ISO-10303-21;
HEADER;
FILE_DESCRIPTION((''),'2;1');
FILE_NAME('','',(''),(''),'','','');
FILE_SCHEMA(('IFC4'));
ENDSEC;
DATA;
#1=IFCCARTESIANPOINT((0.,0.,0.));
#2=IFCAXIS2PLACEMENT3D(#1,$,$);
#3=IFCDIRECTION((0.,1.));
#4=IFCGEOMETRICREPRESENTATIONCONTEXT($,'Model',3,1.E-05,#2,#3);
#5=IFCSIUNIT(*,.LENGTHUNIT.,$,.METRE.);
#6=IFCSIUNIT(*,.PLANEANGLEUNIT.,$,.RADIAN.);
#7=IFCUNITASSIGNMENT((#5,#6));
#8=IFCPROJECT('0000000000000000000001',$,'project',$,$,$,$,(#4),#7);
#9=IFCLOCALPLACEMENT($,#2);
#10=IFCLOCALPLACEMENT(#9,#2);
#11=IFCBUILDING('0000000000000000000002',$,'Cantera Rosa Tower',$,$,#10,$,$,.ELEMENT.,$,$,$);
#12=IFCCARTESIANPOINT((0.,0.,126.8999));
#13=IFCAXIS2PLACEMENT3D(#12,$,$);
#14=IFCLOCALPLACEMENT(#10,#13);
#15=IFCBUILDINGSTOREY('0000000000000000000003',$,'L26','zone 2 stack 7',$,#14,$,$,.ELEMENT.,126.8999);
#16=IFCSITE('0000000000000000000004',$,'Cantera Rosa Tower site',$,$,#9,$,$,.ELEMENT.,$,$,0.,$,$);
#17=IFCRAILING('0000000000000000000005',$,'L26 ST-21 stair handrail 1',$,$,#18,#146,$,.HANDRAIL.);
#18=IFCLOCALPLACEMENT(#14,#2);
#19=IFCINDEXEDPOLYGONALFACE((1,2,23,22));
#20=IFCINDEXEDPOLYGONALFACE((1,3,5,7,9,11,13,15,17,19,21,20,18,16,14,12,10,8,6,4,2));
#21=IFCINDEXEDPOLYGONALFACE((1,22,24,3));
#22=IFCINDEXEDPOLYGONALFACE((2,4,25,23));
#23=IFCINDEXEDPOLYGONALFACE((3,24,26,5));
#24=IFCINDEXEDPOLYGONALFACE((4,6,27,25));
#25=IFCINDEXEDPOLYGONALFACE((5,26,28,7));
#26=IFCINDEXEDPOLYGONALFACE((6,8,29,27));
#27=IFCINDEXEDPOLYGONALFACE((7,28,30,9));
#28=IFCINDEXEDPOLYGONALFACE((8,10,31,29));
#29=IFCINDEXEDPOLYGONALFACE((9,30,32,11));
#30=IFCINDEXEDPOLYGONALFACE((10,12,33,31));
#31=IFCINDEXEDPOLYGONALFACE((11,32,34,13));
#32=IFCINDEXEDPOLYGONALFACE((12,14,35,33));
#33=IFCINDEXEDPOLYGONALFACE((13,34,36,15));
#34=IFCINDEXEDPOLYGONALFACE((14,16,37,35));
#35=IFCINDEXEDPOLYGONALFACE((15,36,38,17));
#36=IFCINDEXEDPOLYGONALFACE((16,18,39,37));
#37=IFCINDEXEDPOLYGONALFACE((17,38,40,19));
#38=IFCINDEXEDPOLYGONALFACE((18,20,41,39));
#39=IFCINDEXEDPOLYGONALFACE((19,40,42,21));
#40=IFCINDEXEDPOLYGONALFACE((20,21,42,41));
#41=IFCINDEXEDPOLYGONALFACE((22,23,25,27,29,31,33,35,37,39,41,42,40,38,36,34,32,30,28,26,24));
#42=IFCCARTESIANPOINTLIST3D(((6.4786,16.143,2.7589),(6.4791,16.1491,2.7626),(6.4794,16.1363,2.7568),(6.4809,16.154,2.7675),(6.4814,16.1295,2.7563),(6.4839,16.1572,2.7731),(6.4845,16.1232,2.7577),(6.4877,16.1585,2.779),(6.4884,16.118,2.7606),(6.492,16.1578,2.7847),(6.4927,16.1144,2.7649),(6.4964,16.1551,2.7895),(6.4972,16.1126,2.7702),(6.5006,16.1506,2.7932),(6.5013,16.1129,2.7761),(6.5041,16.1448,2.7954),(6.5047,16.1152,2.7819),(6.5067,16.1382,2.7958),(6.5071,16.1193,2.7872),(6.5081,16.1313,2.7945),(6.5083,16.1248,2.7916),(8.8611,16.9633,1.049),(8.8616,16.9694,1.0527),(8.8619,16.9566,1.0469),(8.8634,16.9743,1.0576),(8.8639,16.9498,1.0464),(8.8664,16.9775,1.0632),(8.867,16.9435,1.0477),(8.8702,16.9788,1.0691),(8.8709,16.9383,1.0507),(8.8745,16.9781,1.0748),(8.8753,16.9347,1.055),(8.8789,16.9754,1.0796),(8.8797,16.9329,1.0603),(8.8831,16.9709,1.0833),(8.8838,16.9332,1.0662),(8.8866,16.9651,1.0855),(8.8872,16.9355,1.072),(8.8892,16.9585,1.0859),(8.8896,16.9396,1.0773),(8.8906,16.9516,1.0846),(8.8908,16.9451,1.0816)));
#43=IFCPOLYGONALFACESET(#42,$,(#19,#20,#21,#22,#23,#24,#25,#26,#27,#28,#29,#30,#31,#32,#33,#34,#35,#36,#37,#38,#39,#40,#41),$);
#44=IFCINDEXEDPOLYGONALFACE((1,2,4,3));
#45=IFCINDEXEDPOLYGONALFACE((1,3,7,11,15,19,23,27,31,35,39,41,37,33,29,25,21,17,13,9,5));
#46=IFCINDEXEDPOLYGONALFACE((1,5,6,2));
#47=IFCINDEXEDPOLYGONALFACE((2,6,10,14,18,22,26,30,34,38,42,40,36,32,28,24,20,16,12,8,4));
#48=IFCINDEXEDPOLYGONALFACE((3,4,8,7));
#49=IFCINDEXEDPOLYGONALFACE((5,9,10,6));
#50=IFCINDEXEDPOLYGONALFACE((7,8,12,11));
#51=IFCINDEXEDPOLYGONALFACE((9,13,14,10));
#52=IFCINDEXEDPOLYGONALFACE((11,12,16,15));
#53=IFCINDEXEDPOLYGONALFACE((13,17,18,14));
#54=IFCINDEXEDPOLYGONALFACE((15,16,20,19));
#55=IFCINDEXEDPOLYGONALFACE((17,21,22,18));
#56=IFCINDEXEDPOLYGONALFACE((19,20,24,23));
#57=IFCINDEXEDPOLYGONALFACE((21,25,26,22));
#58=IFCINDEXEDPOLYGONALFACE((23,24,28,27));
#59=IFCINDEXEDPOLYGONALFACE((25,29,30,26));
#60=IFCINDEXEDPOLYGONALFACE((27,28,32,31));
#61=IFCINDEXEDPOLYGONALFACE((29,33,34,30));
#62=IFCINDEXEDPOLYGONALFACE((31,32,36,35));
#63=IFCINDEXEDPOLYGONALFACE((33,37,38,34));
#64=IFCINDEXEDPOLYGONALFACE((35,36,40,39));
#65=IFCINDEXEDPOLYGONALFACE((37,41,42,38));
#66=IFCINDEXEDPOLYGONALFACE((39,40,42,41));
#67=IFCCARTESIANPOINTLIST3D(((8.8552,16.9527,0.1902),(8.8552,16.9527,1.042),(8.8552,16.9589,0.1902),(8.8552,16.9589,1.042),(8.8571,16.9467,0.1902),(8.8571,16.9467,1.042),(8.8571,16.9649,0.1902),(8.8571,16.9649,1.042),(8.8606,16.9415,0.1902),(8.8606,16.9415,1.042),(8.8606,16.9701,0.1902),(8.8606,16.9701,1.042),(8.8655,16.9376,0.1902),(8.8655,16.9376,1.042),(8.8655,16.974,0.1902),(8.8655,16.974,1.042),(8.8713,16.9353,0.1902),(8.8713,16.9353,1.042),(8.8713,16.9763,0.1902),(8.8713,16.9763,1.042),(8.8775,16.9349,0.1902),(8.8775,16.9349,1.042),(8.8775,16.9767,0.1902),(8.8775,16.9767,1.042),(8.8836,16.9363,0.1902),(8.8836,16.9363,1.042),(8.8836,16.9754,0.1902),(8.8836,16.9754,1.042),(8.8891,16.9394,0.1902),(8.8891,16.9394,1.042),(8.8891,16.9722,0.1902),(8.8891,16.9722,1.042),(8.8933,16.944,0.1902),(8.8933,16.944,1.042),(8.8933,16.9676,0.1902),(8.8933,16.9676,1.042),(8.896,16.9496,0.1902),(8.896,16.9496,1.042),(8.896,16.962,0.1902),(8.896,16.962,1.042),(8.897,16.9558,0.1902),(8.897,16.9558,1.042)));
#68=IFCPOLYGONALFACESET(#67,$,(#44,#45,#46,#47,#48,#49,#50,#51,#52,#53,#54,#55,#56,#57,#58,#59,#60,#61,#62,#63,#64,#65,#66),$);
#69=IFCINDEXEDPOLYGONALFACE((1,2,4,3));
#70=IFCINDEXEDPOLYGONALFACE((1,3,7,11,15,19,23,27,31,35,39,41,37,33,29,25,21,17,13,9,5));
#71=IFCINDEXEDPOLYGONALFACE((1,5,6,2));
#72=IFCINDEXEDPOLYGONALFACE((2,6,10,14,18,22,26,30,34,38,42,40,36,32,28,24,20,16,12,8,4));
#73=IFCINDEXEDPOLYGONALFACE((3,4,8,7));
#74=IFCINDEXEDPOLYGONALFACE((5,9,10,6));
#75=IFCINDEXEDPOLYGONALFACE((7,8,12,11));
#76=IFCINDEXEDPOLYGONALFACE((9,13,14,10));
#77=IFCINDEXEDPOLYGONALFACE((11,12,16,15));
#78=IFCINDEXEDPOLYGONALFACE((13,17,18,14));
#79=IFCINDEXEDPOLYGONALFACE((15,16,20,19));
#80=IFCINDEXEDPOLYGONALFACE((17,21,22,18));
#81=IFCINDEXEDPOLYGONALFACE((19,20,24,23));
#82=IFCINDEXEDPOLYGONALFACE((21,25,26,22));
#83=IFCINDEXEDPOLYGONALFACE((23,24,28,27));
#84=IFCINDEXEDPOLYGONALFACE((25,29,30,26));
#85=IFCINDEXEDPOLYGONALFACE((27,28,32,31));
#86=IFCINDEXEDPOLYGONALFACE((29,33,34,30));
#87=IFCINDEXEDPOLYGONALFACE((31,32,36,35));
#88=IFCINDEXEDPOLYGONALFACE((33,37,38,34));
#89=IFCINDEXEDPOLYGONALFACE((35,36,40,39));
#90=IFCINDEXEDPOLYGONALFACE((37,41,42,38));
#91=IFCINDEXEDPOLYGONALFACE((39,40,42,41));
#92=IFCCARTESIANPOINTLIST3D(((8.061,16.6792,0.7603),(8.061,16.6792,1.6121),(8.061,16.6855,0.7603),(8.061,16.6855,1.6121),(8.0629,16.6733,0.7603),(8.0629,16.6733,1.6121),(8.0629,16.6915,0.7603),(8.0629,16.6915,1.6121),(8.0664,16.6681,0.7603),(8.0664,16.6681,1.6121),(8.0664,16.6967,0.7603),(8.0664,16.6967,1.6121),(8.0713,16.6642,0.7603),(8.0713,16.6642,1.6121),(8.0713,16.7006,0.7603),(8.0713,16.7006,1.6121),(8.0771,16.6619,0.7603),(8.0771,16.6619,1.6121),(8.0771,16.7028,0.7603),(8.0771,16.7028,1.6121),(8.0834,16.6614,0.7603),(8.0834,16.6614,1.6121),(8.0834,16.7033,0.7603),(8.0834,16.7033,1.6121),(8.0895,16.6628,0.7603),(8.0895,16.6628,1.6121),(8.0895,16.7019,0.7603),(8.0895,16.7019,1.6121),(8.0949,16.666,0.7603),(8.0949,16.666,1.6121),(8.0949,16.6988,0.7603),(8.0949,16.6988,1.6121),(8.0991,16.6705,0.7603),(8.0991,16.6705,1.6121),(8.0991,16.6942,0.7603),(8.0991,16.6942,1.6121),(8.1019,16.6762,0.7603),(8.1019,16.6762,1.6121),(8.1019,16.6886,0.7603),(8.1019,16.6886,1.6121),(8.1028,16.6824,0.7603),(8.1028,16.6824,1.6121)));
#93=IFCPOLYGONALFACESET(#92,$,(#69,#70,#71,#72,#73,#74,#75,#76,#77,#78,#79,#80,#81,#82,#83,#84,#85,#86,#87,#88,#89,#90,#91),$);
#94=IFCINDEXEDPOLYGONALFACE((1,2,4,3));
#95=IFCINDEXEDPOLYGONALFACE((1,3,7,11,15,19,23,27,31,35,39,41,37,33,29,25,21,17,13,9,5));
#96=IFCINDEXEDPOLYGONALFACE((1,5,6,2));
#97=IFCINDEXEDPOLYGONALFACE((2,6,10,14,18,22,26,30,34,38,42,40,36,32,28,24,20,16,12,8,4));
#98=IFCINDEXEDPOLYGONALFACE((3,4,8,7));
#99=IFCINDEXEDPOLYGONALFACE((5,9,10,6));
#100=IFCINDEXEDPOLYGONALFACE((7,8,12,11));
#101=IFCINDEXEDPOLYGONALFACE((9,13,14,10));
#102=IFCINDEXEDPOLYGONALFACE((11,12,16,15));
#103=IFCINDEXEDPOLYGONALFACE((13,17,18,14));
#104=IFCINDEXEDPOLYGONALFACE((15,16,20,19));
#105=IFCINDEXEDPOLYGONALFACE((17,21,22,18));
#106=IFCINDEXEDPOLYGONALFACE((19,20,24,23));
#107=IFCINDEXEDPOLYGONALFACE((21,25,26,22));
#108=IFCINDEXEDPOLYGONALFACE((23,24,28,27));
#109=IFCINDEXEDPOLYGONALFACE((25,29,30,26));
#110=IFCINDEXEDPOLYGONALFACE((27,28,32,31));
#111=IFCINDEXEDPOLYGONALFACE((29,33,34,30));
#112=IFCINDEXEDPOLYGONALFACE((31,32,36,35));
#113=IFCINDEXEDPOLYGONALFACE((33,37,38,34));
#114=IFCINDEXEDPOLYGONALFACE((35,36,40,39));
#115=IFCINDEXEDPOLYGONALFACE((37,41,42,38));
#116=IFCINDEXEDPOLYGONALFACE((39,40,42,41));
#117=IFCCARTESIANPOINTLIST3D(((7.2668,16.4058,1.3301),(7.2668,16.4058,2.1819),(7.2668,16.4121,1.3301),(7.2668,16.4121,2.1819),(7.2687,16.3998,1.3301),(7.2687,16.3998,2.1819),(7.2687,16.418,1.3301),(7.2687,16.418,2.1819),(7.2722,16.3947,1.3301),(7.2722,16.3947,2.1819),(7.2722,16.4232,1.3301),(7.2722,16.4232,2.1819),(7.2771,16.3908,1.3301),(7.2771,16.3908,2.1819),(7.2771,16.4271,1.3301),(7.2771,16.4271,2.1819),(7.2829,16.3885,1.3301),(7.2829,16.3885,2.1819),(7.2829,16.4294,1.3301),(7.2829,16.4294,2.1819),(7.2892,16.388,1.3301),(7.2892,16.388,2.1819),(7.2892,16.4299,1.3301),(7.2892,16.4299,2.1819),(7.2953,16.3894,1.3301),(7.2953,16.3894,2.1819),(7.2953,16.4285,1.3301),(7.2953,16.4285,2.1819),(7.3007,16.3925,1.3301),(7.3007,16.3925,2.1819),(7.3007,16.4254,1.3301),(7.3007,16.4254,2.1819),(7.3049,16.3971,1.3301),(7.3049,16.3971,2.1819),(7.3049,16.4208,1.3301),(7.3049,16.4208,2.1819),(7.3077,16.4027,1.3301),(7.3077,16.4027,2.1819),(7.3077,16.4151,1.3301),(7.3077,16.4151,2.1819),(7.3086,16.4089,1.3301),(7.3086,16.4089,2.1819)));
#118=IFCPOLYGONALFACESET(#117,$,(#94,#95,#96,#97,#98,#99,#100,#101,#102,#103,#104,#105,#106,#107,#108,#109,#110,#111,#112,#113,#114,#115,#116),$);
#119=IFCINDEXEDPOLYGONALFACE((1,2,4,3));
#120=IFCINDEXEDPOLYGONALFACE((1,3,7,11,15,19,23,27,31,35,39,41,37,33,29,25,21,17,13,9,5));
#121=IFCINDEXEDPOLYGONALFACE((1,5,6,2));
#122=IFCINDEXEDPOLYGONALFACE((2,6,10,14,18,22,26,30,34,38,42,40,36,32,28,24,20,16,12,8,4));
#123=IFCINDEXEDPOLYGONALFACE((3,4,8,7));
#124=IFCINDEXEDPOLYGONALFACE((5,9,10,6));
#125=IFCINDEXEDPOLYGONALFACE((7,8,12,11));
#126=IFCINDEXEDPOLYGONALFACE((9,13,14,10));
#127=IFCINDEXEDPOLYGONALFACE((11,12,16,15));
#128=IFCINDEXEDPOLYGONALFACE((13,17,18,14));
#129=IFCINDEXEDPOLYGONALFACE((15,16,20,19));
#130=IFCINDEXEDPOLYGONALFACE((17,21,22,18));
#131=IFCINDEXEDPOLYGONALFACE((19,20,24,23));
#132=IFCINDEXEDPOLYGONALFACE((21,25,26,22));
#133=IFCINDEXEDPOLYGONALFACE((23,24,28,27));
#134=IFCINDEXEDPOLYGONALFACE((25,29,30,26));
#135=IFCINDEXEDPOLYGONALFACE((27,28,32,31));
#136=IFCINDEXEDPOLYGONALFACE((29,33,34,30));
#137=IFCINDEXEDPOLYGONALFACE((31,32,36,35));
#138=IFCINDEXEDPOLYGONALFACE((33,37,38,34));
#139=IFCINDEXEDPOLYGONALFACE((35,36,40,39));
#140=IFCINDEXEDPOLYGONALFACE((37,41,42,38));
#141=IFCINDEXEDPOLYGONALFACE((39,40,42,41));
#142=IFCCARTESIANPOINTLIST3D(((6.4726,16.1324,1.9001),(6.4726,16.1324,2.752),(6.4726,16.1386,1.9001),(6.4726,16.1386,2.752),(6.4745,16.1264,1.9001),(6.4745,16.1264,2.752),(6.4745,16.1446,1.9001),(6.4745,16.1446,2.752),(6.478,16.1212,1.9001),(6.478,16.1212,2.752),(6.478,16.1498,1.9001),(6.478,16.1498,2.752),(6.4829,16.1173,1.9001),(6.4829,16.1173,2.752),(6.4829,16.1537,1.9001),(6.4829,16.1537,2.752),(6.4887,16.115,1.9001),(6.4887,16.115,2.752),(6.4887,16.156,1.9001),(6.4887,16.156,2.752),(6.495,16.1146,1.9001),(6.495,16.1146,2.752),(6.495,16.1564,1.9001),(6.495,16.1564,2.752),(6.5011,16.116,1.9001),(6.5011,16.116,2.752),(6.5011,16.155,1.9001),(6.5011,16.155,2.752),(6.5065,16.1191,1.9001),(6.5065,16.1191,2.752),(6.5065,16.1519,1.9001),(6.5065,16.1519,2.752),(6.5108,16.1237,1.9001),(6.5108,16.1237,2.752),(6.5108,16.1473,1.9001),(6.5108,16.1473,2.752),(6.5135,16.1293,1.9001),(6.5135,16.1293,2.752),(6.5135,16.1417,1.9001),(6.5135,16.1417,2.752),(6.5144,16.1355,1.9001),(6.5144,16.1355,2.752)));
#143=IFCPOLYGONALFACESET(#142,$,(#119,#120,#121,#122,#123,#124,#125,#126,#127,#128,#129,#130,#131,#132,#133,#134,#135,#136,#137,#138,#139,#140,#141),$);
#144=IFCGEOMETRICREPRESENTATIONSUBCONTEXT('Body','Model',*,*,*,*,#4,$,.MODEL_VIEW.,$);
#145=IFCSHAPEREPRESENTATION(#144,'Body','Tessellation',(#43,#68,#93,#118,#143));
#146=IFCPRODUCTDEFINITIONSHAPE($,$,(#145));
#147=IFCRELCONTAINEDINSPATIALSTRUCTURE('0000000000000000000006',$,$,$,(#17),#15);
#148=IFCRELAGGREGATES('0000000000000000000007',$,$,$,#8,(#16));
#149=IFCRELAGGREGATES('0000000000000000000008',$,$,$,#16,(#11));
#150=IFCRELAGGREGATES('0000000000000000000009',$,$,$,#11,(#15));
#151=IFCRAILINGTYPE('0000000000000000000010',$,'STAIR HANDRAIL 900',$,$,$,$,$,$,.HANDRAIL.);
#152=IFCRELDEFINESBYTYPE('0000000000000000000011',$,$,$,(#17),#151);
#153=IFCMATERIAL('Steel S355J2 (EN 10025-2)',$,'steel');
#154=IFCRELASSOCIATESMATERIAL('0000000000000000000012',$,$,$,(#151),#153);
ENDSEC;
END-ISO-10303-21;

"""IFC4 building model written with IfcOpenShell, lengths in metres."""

from ifc_helpers import new_model, si_unit, direction, frame, origin, origin_2d, place, context, subcontext, project, spatial, circle, extrude, material, type_object, element, save


model = new_model("IFC4")

# Units and contexts
model_context = context("Model", 3, precision=1e-05, world=origin(), true_north=direction((0.0, 1.0)))
body_context = subcontext(model_context, "Body", "Model", "MODEL_VIEW")
ifc_project = project(units=[si_unit("LENGTHUNIT", "METRE"), si_unit("PLANEANGLEUNIT", "RADIAN")], contexts=[model_context])

# Site, building, storey
site_placement = place(None, origin())
site = spatial("IfcSite", under=ifc_project, at=site_placement, Name="Cantera Rosa Tower site", CompositionType="ELEMENT", RefElevation=0.0)
building_placement = place(site_placement, origin())
building = spatial("IfcBuilding", under=site, at=building_placement, Name="Cantera Rosa Tower", CompositionType="ELEMENT")
storey_placement = place(building_placement, frame((0.0, 0.0, 126.8999)))
storey = spatial("IfcBuildingStorey", under=building, at=storey_placement, Name="L26", Description="zone 2 stack 7", CompositionType="ELEMENT", Elevation=126.8999)

# Railing
ifc_material_1 = material(Name="Steel S355J2 (EN 10025-2)", Category="steel")
railing_type_1 = type_object("IfcRailingType", Name="STAIR HANDRAIL 900", PredefinedType="HANDRAIL", material=ifc_material_1)
railing_1_placement = place(storey_placement, frame((8.876, 16.9558, 0.1902)))
element("IfcRailing", 1, at=railing_1_placement, inside=storey, type_object=railing_type_1, Name="L26 ST-21 stair handrail 1", PredefinedType="HANDRAIL", context=body_context, shape_type="SweptSolid", body=[
    extrude(circle(Radius=0.0239, at=origin_2d()), frame((0.0, 0.0, 0.876), z_axis=(-0.78239, -0.269375, 0.561519), x_axis=(0.325543, -0.945527, 0.0)), (0.0, 0.0, 1.0), 3.0452),
    extrude(circle(Radius=0.021, at=origin_2d()), origin(), (0.0, 0.0, 1.0), 0.8518),
    extrude(circle(Radius=0.021, at=origin_2d()), frame((-0.7942, -0.2734, 0.5701)), (0.0, 0.0, 1.0), 0.8518),
    extrude(circle(Radius=0.021, at=origin_2d()), frame((-1.5884, -0.5469, 1.1399)), (0.0, 0.0, 1.0), 0.8518),
    extrude(circle(Radius=0.021, at=origin_2d()), frame((-2.3826, -0.8203, 1.71)), (0.0, 0.0, 1.0), 0.8518),
])

save(model, "model.ifc")
